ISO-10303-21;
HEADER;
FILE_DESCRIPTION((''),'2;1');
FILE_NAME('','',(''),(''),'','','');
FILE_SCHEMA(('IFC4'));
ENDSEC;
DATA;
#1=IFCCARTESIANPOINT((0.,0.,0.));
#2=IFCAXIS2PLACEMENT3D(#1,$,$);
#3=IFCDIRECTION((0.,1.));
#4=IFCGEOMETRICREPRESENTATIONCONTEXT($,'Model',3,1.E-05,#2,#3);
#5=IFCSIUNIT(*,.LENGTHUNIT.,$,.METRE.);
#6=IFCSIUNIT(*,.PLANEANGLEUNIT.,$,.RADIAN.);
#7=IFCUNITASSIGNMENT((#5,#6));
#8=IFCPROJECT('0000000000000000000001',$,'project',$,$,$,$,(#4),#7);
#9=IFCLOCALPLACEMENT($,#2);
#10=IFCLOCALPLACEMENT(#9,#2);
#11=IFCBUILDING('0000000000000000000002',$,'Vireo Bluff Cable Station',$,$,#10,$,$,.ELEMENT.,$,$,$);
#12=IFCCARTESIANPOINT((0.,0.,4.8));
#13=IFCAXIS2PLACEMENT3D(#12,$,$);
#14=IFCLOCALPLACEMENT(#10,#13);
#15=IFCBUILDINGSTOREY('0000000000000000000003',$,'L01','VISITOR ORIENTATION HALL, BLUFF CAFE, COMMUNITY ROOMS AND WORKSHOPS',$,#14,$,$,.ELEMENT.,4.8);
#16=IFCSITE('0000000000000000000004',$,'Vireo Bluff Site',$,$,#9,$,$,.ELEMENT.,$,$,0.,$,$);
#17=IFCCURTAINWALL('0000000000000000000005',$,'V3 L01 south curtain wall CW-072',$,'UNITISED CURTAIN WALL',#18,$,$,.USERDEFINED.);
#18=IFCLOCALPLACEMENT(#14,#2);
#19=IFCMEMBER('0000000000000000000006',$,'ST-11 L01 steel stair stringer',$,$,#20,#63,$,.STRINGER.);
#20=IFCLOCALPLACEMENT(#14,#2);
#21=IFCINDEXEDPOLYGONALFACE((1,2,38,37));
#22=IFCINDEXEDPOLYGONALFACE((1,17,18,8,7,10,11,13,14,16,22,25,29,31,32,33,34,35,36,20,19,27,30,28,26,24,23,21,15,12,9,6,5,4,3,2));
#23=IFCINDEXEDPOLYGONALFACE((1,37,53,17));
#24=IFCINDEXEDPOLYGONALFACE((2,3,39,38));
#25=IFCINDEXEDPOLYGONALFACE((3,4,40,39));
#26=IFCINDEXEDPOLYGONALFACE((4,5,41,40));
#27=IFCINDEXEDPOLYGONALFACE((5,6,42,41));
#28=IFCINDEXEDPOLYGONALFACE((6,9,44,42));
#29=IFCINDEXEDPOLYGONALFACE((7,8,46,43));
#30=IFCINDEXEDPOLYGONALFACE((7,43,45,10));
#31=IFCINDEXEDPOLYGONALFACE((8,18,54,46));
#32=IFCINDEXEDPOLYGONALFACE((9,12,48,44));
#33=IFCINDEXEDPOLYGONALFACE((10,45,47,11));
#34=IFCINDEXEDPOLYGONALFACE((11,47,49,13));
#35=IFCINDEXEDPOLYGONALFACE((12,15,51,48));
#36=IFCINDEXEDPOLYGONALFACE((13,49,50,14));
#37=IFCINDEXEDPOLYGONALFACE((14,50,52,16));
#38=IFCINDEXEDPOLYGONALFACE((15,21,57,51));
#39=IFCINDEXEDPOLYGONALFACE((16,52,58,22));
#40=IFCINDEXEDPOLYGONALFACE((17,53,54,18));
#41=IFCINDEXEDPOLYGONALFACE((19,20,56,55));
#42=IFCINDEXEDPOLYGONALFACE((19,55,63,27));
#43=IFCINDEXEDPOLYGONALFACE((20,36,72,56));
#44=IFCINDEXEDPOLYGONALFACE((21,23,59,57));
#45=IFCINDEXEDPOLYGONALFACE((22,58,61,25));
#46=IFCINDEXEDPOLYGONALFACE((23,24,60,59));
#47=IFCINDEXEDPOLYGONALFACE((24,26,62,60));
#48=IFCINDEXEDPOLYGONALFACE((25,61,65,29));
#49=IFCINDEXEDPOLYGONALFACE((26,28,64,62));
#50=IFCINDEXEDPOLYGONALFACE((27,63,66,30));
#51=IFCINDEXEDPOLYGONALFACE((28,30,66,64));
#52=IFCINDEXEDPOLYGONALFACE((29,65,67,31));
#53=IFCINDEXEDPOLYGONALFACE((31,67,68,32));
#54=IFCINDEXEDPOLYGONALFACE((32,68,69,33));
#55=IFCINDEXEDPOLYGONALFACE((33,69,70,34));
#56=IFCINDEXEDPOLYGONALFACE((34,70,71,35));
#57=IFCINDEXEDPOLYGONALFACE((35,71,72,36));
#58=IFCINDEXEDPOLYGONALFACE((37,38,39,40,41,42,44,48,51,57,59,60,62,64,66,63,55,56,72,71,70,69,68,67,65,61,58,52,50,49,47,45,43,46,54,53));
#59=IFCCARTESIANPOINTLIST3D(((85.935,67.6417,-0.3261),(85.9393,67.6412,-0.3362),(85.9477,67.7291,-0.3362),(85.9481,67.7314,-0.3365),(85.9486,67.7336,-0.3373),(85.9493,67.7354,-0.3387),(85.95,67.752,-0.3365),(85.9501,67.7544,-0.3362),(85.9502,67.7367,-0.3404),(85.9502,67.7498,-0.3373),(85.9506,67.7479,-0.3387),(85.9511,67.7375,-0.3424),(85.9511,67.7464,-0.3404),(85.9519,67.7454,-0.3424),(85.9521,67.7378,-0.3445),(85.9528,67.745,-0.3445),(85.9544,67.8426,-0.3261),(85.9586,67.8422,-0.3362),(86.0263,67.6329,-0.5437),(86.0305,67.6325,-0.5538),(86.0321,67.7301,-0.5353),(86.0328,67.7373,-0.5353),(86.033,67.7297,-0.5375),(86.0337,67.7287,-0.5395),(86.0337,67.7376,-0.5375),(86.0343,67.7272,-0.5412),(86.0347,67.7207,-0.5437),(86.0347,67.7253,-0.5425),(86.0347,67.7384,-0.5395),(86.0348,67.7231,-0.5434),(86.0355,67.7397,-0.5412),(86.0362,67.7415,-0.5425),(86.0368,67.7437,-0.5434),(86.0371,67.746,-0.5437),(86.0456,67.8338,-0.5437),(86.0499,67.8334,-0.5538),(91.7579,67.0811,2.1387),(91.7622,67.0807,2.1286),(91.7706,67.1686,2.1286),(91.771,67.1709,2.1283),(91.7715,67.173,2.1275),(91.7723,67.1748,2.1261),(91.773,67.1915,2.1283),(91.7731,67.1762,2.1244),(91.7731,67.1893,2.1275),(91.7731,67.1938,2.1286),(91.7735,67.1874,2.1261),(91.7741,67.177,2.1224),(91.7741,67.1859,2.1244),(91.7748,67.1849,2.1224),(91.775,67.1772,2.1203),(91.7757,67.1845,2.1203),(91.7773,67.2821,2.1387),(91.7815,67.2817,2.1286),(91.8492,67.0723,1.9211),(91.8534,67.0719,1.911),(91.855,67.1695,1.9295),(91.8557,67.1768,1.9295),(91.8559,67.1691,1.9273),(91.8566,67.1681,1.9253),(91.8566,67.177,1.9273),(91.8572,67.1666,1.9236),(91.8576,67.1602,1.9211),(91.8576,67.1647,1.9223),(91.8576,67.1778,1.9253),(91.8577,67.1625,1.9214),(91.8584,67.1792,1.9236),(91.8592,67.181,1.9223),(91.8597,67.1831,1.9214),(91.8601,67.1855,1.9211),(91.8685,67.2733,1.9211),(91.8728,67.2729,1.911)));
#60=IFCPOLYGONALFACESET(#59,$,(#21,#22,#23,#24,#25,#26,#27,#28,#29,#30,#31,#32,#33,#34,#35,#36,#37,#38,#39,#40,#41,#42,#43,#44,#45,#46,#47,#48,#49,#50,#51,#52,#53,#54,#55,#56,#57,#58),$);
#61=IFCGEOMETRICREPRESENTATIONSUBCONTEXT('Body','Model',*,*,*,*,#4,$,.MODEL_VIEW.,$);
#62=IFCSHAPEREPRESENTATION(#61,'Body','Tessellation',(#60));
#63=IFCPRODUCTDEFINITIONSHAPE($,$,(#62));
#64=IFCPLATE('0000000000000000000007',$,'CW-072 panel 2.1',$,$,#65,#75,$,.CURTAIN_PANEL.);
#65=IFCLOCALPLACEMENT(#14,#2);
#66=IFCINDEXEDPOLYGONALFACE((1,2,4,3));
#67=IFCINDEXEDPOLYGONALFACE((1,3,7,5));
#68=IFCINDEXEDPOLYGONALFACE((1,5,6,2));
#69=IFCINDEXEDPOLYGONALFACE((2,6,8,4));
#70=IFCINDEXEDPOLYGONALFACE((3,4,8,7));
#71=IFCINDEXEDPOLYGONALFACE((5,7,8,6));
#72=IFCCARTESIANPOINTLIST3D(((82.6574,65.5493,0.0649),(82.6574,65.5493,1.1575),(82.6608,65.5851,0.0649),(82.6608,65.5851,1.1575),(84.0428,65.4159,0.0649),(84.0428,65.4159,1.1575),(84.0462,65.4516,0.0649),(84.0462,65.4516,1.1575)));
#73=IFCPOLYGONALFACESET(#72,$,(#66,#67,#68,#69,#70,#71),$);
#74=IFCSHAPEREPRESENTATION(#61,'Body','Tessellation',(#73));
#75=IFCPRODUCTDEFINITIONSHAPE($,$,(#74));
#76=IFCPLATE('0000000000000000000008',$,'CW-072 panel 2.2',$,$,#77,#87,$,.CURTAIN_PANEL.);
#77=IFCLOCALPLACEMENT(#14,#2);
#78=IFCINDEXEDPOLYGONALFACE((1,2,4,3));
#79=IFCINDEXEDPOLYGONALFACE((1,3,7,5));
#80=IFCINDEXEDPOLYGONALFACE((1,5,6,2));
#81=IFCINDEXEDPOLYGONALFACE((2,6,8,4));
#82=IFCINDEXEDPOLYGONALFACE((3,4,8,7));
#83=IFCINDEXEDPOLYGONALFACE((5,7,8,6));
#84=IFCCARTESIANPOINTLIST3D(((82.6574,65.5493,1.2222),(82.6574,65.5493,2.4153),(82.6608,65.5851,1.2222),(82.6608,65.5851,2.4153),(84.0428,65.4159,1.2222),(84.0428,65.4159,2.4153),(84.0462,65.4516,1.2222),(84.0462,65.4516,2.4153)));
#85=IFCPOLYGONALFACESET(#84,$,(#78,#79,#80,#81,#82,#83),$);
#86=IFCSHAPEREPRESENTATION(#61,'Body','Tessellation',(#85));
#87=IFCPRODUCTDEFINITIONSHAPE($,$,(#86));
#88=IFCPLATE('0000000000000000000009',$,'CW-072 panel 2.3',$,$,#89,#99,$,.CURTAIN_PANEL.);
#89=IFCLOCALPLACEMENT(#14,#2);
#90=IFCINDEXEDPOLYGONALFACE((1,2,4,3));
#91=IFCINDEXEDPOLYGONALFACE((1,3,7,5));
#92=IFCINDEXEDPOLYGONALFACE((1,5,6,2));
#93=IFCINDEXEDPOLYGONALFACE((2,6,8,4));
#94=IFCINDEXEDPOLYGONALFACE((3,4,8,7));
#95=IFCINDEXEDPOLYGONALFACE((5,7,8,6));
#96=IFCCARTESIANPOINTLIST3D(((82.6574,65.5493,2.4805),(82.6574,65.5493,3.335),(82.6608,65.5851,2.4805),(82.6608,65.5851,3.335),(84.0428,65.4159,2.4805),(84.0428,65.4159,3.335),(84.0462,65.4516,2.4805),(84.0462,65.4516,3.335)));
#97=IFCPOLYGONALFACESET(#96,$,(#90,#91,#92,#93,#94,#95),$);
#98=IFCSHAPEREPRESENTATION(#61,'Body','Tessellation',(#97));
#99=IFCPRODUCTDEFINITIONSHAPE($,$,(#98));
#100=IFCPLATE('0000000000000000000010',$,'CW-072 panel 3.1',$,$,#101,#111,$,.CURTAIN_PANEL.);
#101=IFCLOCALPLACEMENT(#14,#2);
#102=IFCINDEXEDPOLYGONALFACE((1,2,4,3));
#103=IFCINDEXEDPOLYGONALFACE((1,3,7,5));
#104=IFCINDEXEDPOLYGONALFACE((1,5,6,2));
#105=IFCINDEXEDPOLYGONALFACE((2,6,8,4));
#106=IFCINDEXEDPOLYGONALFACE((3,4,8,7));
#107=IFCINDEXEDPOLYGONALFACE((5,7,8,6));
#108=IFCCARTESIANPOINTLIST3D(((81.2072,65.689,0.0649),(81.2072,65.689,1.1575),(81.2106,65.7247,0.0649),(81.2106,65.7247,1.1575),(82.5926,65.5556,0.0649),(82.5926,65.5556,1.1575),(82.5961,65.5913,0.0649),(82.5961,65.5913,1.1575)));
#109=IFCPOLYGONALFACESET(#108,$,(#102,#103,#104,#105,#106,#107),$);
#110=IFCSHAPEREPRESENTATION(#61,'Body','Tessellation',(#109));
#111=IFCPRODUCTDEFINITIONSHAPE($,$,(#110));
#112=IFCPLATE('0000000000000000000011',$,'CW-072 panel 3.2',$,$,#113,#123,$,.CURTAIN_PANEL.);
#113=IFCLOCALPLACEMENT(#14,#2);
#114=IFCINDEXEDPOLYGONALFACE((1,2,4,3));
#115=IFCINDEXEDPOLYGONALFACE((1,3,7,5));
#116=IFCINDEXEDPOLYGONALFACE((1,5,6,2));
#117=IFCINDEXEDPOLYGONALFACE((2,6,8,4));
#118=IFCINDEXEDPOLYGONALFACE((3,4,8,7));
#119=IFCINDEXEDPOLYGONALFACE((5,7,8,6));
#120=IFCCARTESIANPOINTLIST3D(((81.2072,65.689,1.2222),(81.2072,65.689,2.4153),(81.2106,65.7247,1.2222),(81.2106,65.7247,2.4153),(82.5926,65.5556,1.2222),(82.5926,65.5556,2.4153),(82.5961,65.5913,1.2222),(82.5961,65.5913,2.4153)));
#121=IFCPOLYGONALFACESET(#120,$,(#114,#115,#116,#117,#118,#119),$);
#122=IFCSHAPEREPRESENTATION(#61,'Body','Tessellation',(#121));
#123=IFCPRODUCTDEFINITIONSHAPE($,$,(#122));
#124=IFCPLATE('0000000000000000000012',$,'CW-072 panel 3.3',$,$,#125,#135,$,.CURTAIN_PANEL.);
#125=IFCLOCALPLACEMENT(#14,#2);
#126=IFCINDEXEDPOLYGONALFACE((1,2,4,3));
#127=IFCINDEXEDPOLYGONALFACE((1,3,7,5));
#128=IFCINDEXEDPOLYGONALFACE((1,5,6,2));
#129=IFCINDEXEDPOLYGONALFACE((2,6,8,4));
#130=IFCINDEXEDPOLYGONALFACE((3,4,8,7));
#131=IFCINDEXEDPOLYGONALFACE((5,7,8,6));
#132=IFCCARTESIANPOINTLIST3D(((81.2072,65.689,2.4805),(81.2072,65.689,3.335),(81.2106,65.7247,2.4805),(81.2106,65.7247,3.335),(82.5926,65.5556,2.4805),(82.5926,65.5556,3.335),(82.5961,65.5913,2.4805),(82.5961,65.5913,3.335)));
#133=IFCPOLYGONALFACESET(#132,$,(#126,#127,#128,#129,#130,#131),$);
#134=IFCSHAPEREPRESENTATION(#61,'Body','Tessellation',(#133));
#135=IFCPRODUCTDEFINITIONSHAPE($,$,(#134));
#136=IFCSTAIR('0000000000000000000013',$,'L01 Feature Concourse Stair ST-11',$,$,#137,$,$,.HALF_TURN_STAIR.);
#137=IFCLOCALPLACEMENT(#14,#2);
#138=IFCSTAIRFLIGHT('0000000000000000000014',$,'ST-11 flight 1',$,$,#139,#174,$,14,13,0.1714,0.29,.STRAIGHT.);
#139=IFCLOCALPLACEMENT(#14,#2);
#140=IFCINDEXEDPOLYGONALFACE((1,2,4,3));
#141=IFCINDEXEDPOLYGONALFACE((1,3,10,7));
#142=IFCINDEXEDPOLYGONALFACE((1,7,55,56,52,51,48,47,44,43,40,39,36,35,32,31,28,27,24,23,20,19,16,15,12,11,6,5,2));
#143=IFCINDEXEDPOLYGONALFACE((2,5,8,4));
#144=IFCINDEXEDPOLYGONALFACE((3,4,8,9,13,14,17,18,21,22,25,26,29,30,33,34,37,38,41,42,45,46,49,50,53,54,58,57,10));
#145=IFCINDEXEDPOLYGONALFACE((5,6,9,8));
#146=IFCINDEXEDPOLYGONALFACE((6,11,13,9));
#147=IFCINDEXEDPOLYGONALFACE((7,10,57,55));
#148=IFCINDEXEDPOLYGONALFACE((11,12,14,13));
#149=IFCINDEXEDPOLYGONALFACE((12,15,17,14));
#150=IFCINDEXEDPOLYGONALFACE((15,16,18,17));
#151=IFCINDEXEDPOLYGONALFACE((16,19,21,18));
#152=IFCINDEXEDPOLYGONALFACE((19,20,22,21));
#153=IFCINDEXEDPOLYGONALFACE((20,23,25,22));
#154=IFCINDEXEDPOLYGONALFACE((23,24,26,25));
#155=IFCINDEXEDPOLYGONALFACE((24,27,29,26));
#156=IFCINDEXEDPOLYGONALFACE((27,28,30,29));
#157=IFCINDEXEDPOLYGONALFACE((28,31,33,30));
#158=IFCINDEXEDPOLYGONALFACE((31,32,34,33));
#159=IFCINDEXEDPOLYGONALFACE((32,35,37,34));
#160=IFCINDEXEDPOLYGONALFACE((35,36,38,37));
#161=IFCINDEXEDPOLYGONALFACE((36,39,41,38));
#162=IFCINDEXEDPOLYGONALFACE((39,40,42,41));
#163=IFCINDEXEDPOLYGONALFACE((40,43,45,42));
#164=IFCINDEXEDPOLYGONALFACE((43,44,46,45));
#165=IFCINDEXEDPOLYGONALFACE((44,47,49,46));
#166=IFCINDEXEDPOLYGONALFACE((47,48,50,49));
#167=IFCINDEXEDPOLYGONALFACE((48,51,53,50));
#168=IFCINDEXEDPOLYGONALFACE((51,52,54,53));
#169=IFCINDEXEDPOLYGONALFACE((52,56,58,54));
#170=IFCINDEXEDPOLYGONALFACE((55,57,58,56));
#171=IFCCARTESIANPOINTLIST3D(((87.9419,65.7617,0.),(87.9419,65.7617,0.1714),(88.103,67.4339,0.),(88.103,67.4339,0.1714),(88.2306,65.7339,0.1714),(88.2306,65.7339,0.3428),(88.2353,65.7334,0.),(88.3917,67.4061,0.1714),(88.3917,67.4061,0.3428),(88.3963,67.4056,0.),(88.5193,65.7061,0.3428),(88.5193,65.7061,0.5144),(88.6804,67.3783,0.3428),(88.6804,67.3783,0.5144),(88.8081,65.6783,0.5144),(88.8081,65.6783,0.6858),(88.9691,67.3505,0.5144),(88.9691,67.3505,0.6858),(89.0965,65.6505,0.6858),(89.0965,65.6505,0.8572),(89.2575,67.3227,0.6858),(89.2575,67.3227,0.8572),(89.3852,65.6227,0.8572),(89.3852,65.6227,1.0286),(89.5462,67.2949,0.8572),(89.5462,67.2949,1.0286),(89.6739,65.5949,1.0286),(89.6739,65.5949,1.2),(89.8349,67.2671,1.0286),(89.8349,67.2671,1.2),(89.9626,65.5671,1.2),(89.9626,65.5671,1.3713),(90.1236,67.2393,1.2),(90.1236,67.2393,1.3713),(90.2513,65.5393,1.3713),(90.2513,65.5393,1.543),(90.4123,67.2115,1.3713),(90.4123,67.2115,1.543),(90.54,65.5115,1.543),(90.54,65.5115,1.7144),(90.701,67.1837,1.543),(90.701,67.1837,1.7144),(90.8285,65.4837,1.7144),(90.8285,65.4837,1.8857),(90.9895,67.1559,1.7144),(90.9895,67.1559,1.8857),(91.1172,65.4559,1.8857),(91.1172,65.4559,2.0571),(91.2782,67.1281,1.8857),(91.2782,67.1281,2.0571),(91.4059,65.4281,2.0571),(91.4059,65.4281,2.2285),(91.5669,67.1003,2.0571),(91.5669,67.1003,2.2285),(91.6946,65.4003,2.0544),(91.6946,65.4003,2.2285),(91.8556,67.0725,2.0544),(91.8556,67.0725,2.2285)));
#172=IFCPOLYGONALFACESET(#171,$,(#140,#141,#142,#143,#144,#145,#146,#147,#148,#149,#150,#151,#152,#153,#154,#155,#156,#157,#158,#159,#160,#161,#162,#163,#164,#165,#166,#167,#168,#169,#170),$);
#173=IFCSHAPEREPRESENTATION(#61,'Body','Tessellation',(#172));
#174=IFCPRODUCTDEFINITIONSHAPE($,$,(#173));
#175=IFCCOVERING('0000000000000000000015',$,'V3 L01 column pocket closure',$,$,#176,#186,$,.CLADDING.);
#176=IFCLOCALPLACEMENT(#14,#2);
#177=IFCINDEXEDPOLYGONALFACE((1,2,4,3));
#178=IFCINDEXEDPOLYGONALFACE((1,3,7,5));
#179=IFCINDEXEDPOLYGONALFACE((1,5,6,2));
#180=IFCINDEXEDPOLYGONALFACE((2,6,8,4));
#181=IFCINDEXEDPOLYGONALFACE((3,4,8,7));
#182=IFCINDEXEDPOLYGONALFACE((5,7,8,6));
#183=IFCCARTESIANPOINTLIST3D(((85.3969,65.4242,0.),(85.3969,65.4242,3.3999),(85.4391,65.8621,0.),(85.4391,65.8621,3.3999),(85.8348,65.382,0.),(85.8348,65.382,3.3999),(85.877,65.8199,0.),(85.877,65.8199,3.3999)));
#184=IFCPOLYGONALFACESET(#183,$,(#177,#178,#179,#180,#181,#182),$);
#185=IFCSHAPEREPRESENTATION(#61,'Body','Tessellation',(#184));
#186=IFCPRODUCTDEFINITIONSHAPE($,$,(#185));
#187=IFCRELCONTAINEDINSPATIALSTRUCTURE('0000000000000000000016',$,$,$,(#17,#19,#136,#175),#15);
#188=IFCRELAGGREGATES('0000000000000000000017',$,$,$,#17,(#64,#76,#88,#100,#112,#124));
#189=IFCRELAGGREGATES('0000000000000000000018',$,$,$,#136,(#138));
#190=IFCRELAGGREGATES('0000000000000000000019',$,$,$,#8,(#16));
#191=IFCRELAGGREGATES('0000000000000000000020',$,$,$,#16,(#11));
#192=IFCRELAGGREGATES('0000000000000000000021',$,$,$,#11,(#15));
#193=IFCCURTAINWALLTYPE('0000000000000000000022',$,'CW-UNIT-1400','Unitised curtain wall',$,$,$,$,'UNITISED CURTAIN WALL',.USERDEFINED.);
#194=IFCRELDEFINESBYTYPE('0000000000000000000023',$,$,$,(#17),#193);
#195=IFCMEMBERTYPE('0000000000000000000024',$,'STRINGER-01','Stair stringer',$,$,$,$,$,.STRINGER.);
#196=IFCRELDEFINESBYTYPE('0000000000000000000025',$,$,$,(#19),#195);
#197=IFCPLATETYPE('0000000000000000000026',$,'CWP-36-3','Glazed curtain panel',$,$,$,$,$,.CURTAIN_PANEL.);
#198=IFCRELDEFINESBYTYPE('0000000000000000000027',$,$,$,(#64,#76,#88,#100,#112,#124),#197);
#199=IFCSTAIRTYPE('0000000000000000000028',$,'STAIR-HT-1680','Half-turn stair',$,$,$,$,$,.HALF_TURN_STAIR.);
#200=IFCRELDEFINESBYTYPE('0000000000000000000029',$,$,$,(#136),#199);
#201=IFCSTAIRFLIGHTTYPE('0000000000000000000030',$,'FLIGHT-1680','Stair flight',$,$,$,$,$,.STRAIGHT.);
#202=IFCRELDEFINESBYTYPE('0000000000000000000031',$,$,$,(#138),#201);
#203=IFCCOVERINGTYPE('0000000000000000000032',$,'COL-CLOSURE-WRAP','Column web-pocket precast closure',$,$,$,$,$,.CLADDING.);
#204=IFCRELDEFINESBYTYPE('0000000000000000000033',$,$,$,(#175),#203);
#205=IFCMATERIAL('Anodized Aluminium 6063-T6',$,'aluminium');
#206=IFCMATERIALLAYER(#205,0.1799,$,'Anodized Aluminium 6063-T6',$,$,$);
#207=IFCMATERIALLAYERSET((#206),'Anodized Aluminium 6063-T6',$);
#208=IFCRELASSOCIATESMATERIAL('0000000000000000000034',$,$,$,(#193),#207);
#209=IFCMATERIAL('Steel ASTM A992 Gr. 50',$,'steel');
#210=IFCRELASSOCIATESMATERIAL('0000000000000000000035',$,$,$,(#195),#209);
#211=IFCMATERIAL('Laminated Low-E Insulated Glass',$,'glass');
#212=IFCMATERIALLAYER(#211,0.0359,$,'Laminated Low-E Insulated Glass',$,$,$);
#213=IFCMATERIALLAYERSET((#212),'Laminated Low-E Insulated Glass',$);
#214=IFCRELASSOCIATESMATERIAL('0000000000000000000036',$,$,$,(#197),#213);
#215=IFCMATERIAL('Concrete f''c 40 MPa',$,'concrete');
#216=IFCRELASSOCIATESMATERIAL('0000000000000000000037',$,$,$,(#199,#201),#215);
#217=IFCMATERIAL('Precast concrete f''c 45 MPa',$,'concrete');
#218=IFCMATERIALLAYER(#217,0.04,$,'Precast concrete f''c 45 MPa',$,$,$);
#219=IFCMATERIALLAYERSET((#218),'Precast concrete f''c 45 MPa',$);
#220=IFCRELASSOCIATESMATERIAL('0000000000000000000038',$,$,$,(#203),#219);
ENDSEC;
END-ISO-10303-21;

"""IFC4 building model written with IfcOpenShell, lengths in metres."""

from ifc_helpers import new_model, si_unit, direction, frame, origin, origin_2d, place, context, subcontext, project, spatial, polyline, rectangle, i_section, outline, extrude, material, layer, layer_set, material_profile, profile_set, type_object, element, aggregate, save


model = new_model("IFC4")

# Units and contexts
model_context = context("Model", 3, precision=1e-05, world=origin(), true_north=direction((0.0, 1.0)))
body_context = subcontext(model_context, "Body", "Model", "MODEL_VIEW")
ifc_project = project(units=[si_unit("LENGTHUNIT", "METRE"), si_unit("PLANEANGLEUNIT", "RADIAN")], contexts=[model_context])

# Site, building, storey
site_placement = place(None, origin())
site = spatial("IfcSite", under=ifc_project, at=site_placement, Name="Vireo Bluff Site", CompositionType="ELEMENT", RefElevation=0.0)
building_placement = place(site_placement, origin())
building = spatial("IfcBuilding", under=site, at=building_placement, Name="Vireo Bluff Cable Station", CompositionType="ELEMENT")
storey_placement = place(building_placement, frame((0.0, 0.0, 4.8)))
storey = spatial("IfcBuildingStorey", under=building, at=storey_placement, Name="L01", Description="VISITOR ORIENTATION HALL, BLUFF CAFE, COMMUNITY ROOMS AND WORKSHOPS", CompositionType="ELEMENT", Elevation=4.8)

# Curtain wall
ifc_material_1 = material(Name="Anodized Aluminium 6063-T6", Category="aluminium")
ifc_layer_1 = layer(ifc_material_1, 0.1799, Name="Anodized Aluminium 6063-T6")
ifc_layer_set_1 = layer_set([ifc_layer_1], Name="Anodized Aluminium 6063-T6")
curtain_wall_type = type_object("IfcCurtainWallType", Name="CW-UNIT-1400", Description="Unitised curtain wall", ElementType="UNITISED CURTAIN WALL", PredefinedType="USERDEFINED", material=ifc_layer_set_1)
curtain_wall_placement = place(storey_placement, origin())
curtain_wall = element("IfcCurtainWall", 1, at=curtain_wall_placement, inside=storey, type_object=curtain_wall_type, Name="V3 L01 south curtain wall CW-072", ObjectType="UNITISED CURTAIN WALL", PredefinedType="USERDEFINED")

# Shared definitions
ifc_material_2 = material(Name="Steel ASTM A992 Gr. 50", Category="steel")

# Member
ifc_material_profile_1 = material_profile(ifc_material_2, i_section(OverallWidth=0.2019, OverallDepth=0.2471, WebThickness=0.0073, FlangeThickness=0.011, FilletRadius=0.009, at=origin_2d()), Name="W10X33")
ifc_profile_set_1 = profile_set([ifc_material_profile_1], Name="Steel ASTM A992 Gr. 50")
member_type_1 = type_object("IfcMemberType", Name="STRINGER-01", Description="Stair stringer", PredefinedType="STRINGER", material=ifc_profile_set_1)
member_1_placement = place(storey_placement, frame((85.9924, 67.7375, -0.4399), z_axis=(0.917298, -0.088303, 0.388287), x_axis=(0.095821, 0.995399, 0.0)))
element("IfcMember", 2, at=member_1_placement, inside=storey, type_object=member_type_1, Name="ST-11 L01 steel stair stringer", PredefinedType="STRINGER", context=body_context, shape_type="SweptSolid", body=[
    extrude(i_section(OverallWidth=0.2019, OverallDepth=0.2471, WebThickness=0.0073, FlangeThickness=0.011, FilletRadius=0.009, at=origin_2d()), origin(), (0.0, 0.0, 1.0), 6.3479),
])

# Plates
ifc_material_3 = material(Name="Laminated Low-E Insulated Glass", Category="glass")
ifc_layer_2 = layer(ifc_material_3, 0.0359, Name="Laminated Low-E Insulated Glass")
ifc_layer_set_2 = layer_set([ifc_layer_2], Name="Laminated Low-E Insulated Glass")
plate_type = type_object("IfcPlateType", Name="CWP-36-3", Description="Glazed curtain panel", PredefinedType="CURTAIN_PANEL", material=ifc_layer_set_2)
plate_1_placement = place(storey_placement, frame((83.3518, 65.5005, 0.0649), z_axis=(0.0, 0.0, 1.0), x_axis=(-0.995396, 0.095846, 0.0)))
plate_1 = element("IfcPlate", 3, at=plate_1_placement, type_object=plate_type, Name="CW-072 panel 2.1", PredefinedType="CURTAIN_PANEL", context=body_context, shape_type="SweptSolid", body=[
    extrude(rectangle(XDim=1.3918, YDim=0.0359, at=origin_2d()), origin(), (0.0, 0.0, 1.0), 1.0925),
])
plate_2_placement = place(storey_placement, frame((83.3518, 65.5005, 1.2222), z_axis=(0.0, 0.0, 1.0), x_axis=(-0.995396, 0.095846, 0.0)))
plate_2 = element("IfcPlate", 4, at=plate_2_placement, type_object=plate_type, Name="CW-072 panel 2.2", PredefinedType="CURTAIN_PANEL", context=body_context, shape_type="SweptSolid", body=[
    extrude(rectangle(XDim=1.3918, YDim=0.0359, at=origin_2d()), origin(), (0.0, 0.0, 1.0), 1.1931),
])
plate_3_placement = place(storey_placement, frame((83.3518, 65.5005, 2.4805), z_axis=(0.0, 0.0, 1.0), x_axis=(-0.995396, 0.095846, 0.0)))
plate_3 = element("IfcPlate", 5, at=plate_3_placement, type_object=plate_type, Name="CW-072 panel 2.3", PredefinedType="CURTAIN_PANEL", context=body_context, shape_type="SweptSolid", body=[
    extrude(rectangle(XDim=1.3918, YDim=0.0359, at=origin_2d()), origin(), (0.0, 0.0, 1.0), 0.8545),
])
plate_4_placement = place(storey_placement, frame((81.9016, 65.6401, 0.0649), z_axis=(0.0, 0.0, 1.0), x_axis=(-0.995396, 0.095846, 0.0)))
plate_4 = element("IfcPlate", 6, at=plate_4_placement, type_object=plate_type, Name="CW-072 panel 3.1", PredefinedType="CURTAIN_PANEL", context=body_context, shape_type="SweptSolid", body=[
    extrude(rectangle(XDim=1.3918, YDim=0.0359, at=origin_2d()), origin(), (0.0, 0.0, 1.0), 1.0925),
])
plate_5_placement = place(storey_placement, frame((81.9016, 65.6401, 1.2222), z_axis=(0.0, 0.0, 1.0), x_axis=(-0.995396, 0.095846, 0.0)))
plate_5 = element("IfcPlate", 7, at=plate_5_placement, type_object=plate_type, Name="CW-072 panel 3.2", PredefinedType="CURTAIN_PANEL", context=body_context, shape_type="SweptSolid", body=[
    extrude(rectangle(XDim=1.3918, YDim=0.0359, at=origin_2d()), origin(), (0.0, 0.0, 1.0), 1.1931),
])
plate_6_placement = place(storey_placement, frame((81.9016, 65.6401, 2.4805), z_axis=(0.0, 0.0, 1.0), x_axis=(-0.995396, 0.095846, 0.0)))
plate_6 = element("IfcPlate", 8, at=plate_6_placement, type_object=plate_type, Name="CW-072 panel 3.3", PredefinedType="CURTAIN_PANEL", context=body_context, shape_type="SweptSolid", body=[
    extrude(rectangle(XDim=1.3918, YDim=0.0359, at=origin_2d()), origin(), (0.0, 0.0, 1.0), 0.8545),
])
aggregate(curtain_wall, [plate_1, plate_2, plate_3, plate_4, plate_5, plate_6])

# Stair, stair flight
ifc_material_4 = material(Name="Concrete f'c 40 MPa", Category="concrete")
stair_type = type_object("IfcStairType", Name="STAIR-HT-1680", Description="Half-turn stair", PredefinedType="HALF_TURN_STAIR", material=ifc_material_4)
stair_placement = place(storey_placement, origin())
stair = element("IfcStair", 9, at=stair_placement, inside=storey, type_object=stair_type, Name="L01 Feature Concourse Stair ST-11", PredefinedType="HALF_TURN_STAIR")
stair_flight_type = type_object("IfcStairFlightType", Name="FLIGHT-1680", Description="Stair flight", PredefinedType="STRAIGHT", material=ifc_material_4)
stair_flight_placement = place(storey_placement, frame((88.0225, 66.5979, 0.0), z_axis=(0.0, 0.0, 1.0), x_axis=(0.995396, -0.095846, 0.0)))
stair_flight = element("IfcStairFlight", 10, at=stair_flight_placement, type_object=stair_flight_type, Name="ST-11 flight 1", NumberOfRisers=14, NumberOfTreads=13, PredefinedType="STRAIGHT", RiserHeight=0.1714, TreadLength=0.29, context=body_context, shape_type="SweptSolid", body=[
    extrude(outline(polyline([(0.0, 0.0), (0.0, 0.1714), (0.29, 0.1714), (0.29, 0.3428), (0.5801, 0.3428), (0.5801, 0.5144), (0.8701, 0.5144), (0.8701, 0.6858), (1.1599, 0.6858), (1.1599, 0.8572), (1.45, 0.8572), (1.45, 1.0286), (1.74, 1.0286), (1.74, 1.2), (2.03, 1.2), (2.03, 1.3713), (2.3201, 1.3713), (2.3201, 1.543), (2.6101, 1.543), (2.6101, 1.7144), (2.8999, 1.7144), (2.8999, 1.8857), (3.1899, 1.8857), (3.1899, 2.0571), (3.48, 2.0571), (3.48, 2.2285), (3.77, 2.2285), (3.77, 2.3999), (3.77, 2.0544), (0.2947, 0.0), (0.0, 0.0)])), frame((0.0, 0.8398, 0.0), z_axis=(0.0, -1.0, 0.0), x_axis=(1.0, 0.0, 0.0)), (0.0, 0.0, 1.0), 1.6799),
])
aggregate(stair, [stair_flight])

# Covering
ifc_material_5 = material(Name="Precast concrete f'c 45 MPa", Category="concrete")
ifc_layer_3 = layer(ifc_material_5, 0.04, Name="Precast concrete f'c 45 MPa")
ifc_layer_set_3 = layer_set([ifc_layer_3], Name="Precast concrete f'c 45 MPa")
covering_type = type_object("IfcCoveringType", Name="COL-CLOSURE-WRAP", Description="Column web-pocket precast closure", PredefinedType="CLADDING", material=ifc_layer_set_3)
covering_placement = place(storey_placement, frame((85.637, 65.6221, 0.0), z_axis=(0.0, 0.0, 1.0), x_axis=(0.995396, -0.095846, 0.0)))
element("IfcCovering", 11, at=covering_placement, inside=storey, type_object=covering_type, Name="V3 L01 column pocket closure", PredefinedType="CLADDING", context=body_context, shape_type="SweptSolid", body=[
    extrude(rectangle(XDim=0.4399, YDim=0.4399, at=origin_2d()), origin(), (0.0, 0.0, 1.0), 3.3999),
])

save(model, "model.ifc")
